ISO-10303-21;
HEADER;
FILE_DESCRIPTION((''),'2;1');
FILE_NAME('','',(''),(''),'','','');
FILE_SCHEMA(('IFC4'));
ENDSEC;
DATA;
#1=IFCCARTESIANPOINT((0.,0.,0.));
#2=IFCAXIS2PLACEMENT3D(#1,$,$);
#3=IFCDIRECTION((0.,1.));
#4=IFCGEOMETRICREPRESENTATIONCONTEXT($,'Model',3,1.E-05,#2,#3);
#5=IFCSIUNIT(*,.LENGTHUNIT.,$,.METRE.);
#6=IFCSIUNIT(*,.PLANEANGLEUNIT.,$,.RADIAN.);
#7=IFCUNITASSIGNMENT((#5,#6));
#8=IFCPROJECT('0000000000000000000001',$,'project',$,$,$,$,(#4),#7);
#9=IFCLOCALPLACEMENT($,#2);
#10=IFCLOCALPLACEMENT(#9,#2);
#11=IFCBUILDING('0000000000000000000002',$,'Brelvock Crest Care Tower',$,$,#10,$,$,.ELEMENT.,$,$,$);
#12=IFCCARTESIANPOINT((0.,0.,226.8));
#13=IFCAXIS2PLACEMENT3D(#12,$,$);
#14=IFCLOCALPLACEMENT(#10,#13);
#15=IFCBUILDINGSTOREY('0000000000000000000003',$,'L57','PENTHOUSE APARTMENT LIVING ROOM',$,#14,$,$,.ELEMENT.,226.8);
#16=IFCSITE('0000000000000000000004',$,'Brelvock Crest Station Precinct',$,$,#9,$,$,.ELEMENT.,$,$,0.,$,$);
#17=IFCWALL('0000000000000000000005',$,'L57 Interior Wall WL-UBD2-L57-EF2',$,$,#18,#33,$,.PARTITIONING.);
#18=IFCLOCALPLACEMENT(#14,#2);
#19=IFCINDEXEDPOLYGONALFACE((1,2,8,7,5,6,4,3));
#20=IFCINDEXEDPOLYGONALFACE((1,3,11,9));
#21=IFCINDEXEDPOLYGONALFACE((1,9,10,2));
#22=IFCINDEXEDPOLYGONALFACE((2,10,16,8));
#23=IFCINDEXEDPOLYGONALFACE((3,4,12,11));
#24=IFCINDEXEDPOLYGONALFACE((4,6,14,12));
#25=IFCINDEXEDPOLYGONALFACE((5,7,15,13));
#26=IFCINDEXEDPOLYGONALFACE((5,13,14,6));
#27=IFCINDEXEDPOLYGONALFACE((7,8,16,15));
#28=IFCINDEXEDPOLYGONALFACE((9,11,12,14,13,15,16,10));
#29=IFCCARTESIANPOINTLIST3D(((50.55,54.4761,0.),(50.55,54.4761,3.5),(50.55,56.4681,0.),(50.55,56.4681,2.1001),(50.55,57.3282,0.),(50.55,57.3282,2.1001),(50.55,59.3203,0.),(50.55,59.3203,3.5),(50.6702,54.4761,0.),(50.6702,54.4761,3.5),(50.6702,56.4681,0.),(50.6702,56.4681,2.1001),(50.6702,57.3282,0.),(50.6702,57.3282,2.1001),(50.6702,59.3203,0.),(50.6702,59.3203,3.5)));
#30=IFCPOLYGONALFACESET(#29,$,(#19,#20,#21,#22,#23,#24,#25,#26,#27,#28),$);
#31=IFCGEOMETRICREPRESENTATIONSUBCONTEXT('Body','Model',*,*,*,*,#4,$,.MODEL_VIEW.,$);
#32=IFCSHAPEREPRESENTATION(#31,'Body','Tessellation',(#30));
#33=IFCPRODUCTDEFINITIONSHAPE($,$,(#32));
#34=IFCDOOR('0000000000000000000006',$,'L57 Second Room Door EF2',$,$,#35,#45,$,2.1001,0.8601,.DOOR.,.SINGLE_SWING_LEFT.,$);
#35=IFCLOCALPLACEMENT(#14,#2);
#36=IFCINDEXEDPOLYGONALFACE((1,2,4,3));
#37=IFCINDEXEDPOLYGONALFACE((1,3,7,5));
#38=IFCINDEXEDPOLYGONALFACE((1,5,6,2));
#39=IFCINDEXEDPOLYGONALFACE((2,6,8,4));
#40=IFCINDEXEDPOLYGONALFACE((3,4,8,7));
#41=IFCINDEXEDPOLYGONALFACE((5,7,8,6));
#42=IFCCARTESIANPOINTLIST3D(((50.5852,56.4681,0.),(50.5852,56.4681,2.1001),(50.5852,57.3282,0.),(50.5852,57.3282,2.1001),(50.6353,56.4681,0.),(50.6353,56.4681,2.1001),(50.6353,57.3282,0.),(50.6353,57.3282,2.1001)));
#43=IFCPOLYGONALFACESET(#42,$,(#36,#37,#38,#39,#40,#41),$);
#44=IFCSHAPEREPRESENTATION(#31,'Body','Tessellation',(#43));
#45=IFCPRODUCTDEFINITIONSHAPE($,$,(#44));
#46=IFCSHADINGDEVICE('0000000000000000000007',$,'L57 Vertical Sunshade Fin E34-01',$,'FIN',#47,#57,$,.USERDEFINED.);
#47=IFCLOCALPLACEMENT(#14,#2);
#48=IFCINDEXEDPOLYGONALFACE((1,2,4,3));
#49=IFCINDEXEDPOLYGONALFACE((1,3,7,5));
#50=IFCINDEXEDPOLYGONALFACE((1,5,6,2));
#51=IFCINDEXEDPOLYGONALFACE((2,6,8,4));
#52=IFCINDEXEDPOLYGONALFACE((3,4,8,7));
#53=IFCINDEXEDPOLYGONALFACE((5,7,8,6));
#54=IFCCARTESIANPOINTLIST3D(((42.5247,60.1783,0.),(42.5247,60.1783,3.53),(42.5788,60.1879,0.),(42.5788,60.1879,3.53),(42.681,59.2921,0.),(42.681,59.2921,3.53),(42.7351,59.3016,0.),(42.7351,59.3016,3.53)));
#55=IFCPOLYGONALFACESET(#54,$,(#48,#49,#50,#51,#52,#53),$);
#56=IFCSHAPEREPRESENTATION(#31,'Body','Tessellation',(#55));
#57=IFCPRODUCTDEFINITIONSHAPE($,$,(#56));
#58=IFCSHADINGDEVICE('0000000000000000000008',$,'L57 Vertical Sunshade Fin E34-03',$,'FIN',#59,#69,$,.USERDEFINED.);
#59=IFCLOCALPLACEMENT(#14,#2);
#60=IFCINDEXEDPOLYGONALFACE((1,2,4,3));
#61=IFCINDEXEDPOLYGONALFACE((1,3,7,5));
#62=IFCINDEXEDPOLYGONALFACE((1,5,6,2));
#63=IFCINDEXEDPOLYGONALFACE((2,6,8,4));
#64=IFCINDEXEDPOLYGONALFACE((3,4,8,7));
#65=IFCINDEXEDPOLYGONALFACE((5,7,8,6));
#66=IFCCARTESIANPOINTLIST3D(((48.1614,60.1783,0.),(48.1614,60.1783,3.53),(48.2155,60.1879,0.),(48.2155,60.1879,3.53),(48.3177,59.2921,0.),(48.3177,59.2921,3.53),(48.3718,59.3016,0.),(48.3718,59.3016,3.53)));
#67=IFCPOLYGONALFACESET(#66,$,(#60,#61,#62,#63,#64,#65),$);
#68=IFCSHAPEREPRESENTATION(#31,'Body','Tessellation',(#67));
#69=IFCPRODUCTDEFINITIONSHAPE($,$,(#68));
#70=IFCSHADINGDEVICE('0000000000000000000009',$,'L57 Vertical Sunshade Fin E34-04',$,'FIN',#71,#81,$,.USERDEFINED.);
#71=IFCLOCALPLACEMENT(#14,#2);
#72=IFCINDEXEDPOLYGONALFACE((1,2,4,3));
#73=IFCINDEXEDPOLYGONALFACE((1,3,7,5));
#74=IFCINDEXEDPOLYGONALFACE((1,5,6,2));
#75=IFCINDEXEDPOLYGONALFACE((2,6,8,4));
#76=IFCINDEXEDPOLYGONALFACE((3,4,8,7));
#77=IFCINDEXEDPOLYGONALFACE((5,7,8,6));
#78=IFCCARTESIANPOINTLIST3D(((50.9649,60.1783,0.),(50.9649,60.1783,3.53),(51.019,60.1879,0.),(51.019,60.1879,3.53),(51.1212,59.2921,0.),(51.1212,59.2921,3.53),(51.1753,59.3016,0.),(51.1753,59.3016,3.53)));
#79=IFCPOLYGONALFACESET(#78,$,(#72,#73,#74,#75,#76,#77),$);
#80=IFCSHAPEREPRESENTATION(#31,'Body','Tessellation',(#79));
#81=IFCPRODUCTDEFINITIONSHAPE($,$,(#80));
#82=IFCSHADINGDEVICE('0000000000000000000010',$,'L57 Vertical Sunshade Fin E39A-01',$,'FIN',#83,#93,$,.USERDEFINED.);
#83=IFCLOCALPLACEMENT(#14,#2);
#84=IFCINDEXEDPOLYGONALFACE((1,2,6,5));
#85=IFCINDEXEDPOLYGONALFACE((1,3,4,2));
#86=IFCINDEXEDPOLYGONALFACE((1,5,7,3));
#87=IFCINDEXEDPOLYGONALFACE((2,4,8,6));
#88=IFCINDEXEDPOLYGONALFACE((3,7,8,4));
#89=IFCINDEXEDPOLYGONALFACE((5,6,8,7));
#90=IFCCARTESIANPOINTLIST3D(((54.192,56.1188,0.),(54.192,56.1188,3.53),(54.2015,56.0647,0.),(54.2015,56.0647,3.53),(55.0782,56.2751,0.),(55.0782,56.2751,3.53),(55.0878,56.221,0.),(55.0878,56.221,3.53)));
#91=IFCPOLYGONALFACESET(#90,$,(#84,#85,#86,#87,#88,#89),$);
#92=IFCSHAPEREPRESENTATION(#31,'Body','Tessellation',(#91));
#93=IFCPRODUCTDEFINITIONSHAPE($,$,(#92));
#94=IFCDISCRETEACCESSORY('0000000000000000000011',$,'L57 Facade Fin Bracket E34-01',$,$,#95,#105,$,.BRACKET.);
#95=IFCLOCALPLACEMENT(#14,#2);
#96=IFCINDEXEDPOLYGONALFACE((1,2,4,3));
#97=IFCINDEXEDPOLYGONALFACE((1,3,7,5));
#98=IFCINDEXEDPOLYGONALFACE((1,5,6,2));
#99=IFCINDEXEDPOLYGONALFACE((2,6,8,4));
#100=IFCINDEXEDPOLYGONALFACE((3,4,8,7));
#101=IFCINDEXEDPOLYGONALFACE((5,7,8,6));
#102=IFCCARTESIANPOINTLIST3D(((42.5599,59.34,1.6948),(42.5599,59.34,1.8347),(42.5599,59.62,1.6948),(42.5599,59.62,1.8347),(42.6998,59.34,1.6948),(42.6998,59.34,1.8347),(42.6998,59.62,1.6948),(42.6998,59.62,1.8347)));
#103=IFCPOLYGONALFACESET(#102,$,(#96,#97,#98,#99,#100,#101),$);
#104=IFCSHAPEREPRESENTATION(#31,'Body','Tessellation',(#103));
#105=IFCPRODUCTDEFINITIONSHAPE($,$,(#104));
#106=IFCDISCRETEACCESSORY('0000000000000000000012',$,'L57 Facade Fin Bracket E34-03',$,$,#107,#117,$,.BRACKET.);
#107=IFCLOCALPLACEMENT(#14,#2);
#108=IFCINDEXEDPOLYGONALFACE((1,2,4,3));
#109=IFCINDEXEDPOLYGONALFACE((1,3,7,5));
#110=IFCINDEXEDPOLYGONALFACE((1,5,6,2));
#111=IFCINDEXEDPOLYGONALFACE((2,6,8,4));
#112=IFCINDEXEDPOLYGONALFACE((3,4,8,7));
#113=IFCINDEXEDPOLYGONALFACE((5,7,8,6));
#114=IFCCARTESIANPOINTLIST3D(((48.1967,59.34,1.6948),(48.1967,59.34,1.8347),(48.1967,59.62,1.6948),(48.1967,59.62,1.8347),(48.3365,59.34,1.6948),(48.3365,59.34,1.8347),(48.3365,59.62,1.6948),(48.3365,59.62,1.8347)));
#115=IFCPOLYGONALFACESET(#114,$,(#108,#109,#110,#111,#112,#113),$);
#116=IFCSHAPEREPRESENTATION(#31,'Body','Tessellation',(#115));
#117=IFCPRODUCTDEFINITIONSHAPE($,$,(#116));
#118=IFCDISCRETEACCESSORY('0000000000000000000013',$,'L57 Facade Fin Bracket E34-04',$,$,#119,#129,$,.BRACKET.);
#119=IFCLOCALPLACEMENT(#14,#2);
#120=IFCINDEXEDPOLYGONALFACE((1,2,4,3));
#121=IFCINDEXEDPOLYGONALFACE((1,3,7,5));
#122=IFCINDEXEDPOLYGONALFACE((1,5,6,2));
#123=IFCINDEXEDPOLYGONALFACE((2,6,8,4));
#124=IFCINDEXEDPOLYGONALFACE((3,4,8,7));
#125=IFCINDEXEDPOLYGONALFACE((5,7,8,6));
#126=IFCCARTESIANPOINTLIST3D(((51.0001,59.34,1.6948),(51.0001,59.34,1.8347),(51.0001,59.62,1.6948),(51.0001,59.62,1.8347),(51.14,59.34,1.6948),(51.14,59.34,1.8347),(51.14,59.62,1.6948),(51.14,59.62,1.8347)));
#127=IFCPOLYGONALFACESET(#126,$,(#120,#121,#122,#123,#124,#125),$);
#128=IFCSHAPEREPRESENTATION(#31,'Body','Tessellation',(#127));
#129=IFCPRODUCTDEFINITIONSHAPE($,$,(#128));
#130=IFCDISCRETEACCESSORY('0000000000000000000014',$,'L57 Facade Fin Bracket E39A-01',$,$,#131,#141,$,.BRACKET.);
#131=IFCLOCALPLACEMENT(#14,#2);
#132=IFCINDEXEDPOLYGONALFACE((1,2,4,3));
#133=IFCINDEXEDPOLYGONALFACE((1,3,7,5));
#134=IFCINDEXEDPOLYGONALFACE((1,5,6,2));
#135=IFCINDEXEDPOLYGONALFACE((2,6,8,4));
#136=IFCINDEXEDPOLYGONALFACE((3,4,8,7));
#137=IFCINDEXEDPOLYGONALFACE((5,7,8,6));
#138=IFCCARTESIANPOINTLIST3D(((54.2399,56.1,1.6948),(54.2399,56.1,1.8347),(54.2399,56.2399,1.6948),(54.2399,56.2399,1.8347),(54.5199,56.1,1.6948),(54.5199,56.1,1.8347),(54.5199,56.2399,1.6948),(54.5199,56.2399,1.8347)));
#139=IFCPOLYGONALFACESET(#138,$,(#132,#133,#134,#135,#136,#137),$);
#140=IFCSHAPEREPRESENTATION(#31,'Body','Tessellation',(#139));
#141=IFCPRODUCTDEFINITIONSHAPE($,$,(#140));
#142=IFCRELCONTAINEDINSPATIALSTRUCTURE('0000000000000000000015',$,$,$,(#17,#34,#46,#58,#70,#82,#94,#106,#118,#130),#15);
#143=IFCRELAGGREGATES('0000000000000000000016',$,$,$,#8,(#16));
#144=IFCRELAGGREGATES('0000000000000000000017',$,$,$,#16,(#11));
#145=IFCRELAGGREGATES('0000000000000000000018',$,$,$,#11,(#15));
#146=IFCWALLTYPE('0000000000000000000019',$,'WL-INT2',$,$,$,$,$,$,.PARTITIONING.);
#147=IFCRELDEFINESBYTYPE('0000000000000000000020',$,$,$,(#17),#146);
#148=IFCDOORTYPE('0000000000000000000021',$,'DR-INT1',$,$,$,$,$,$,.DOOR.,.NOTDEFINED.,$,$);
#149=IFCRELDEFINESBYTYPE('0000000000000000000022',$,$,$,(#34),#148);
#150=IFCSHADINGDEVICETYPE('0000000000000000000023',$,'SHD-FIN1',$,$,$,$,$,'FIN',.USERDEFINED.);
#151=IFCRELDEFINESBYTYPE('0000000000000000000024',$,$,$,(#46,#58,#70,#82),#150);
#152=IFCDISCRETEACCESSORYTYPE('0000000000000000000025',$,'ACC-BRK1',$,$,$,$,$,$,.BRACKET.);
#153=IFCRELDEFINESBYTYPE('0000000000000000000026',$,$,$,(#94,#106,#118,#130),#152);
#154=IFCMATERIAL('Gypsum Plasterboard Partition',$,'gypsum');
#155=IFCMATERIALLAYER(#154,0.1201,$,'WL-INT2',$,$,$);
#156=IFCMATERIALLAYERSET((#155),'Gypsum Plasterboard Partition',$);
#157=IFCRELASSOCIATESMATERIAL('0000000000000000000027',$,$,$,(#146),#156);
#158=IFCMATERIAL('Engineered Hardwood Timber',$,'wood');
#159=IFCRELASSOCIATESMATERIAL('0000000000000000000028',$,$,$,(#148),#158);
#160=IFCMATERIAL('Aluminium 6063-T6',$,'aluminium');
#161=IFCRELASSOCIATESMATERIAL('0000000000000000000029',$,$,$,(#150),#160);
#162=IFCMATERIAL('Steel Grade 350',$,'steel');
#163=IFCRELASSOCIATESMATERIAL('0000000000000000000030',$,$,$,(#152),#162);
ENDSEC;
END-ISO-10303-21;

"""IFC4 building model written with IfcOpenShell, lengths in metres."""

from ifc_helpers import new_model, si_unit, direction, frame, frame_2d, origin, origin_2d, place, context, subcontext, project, spatial, rectangle, extrude, source, transform, mapped, material, layer, layer_set, material_profile, profile_set, type_object, element, fill, save


model = new_model("IFC4")

# Units and contexts
model_context = context("Model", 3, precision=1e-05, world=origin(), true_north=direction((0.0, 1.0)))
body_context = subcontext(model_context, "Body", "Model", "MODEL_VIEW")
ifc_project = project(units=[si_unit("LENGTHUNIT", "METRE"), si_unit("PLANEANGLEUNIT", "RADIAN")], contexts=[model_context])

# Site, building, storey
site_placement = place(None, origin())
site = spatial("IfcSite", under=ifc_project, at=site_placement, Name="Brelvock Crest Station Precinct", CompositionType="ELEMENT", RefElevation=0.0)
building_placement = place(site_placement, origin())
building = spatial("IfcBuilding", under=site, at=building_placement, Name="Brelvock Crest Care Tower", CompositionType="ELEMENT")
storey_placement = place(building_placement, frame((0.0, 0.0, 226.8)))
storey = spatial("IfcBuildingStorey", under=building, at=storey_placement, Name="L57", Description="PENTHOUSE APARTMENT LIVING ROOM", CompositionType="ELEMENT", Elevation=226.8)

# Shared definitions
ifc_material_1 = material(Name="Aluminium 6063-T6", Category="aluminium")

# Shared definitions
ifc_material_2 = material(Name="Gypsum Plasterboard Partition", Category="gypsum")
ifc_layer_1 = layer(ifc_material_2, 0.1201, Name="WL-INT2")
ifc_layer_set_1 = layer_set([ifc_layer_1], Name="Gypsum Plasterboard Partition")
wall_type_1 = type_object("IfcWallType", Name="WL-INT2", PredefinedType="PARTITIONING", material=ifc_layer_set_1)

# Wall, opening, door
wall_1_placement = place(storey_placement, frame((50.6101, 54.4761, 0.0), z_axis=(0.0, 0.0, 1.0), x_axis=(0.0, 1.0, 0.0)))
wall_1 = element("IfcWall", 1, at=wall_1_placement, inside=storey, type_object=wall_type_1, Name="L57 Interior Wall WL-UBD2-L57-EF2", PredefinedType="PARTITIONING", context=body_context, shape_type="SweptSolid", body=[
    extrude(rectangle(XDim=4.8442, YDim=0.1201, at=frame_2d((2.4221, 0.0))), origin(), (0.0, 0.0, 1.0), 3.5),
])
opening_placement = place(wall_1_placement, frame((1.9919, 0.0, 0.0)))
opening = element("IfcOpeningElement", 2, at=opening_placement, cuts=wall_1, PredefinedType="OPENING", context=body_context, shape_type="SweptSolid", body=[
    extrude(rectangle(XDim=0.8601, YDim=2.1001, at=origin_2d()), frame((0.4302, 0.0701, 1.05), z_axis=(0.0, -1.0, 0.0), x_axis=(1.0, 0.0, 0.0)), (0.0, 0.0, 1.0), 0.1401),
])
ifc_material_3 = material(Name="Engineered Hardwood Timber", Category="wood")
door_type = type_object("IfcDoorType", Name="DR-INT1", OperationType="NOTDEFINED", PredefinedType="DOOR", material=ifc_material_3)
shared_shape_1 = source(origin(), body_context, "Body", "SweptSolid", [
    extrude(rectangle(XDim=0.8601, YDim=2.1001, at=origin_2d()), frame((0.4302, 0.0249, 1.05), z_axis=(0.0, -1.0, 0.0), x_axis=(1.0, 0.0, 0.0)), (0.0, 0.0, 1.0), 0.05),
])
door_placement = place(opening_placement, origin())
door = element("IfcDoor", 3, at=door_placement, inside=storey, type_object=door_type, Name="L57 Second Room Door EF2", OperationType="SINGLE_SWING_LEFT", OverallHeight=2.1001, OverallWidth=0.8601, PredefinedType="DOOR", context=body_context, shape_type="MappedRepresentation", body=[
    mapped(shared_shape_1, transform((0.0, 0.0, 0.0), x_axis=(1.0, 0.0, 0.0), y_axis=(0.0, 1.0, 0.0), z_axis=(0.0, 0.0, 1.0), scale=1.0)),
])
fill(opening, door)

# Shading devices
ifc_material_profile_1 = material_profile(ifc_material_1, rectangle(XDim=0.0549, YDim=0.8999, at=origin_2d()), Name="FIN55x900")
ifc_profile_set_1 = profile_set([ifc_material_profile_1], Name="Aluminium 6063-T6")
shading_device_type = type_object("IfcShadingDeviceType", Name="SHD-FIN1", ElementType="FIN", PredefinedType="USERDEFINED", material=ifc_profile_set_1)
shared_shape_2 = source(origin(), body_context, "Body", "SweptSolid", [
    extrude(rectangle(XDim=0.0549, YDim=0.8999, at=origin_2d()), origin(), (0.0, 0.0, 1.0), 3.53),
])
for number, where, z_axis, x_axis, name in (
    (4, (42.6299, 59.74, 0.0), (0.0, 0.0, 1.0), (0.984808, 0.173648, 0.0), "L57 Vertical Sunshade Fin E34-01"),
    (5, (48.2666, 59.74, 0.0), (0.0, 0.0, 1.0), (0.984808, 0.173648, 0.0), "L57 Vertical Sunshade Fin E34-03"),
    (6, (51.0701, 59.74, 0.0), (0.0, 0.0, 1.0), (0.984808, 0.173648, 0.0), "L57 Vertical Sunshade Fin E34-04"),
    (7, (54.6399, 56.1699, 0.0), (0.0, 0.0, 1.0), (0.173648, -0.984808, 0.0), "L57 Vertical Sunshade Fin E39A-01"),
):
    element("IfcShadingDevice", number, at=place(storey_placement, frame(where, z_axis=z_axis, x_axis=x_axis)), inside=storey, type_object=shading_device_type, Name=name, ObjectType="FIN", PredefinedType="USERDEFINED", context=body_context, shape_type="MappedRepresentation", body=[
        mapped(shared_shape_2, transform((0.0, 0.0, 0.0), x_axis=(1.0, 0.0, 0.0), y_axis=(0.0, 1.0, 0.0), z_axis=(0.0, 0.0, 1.0), scale=1.0)),
    ])

# Discrete accessories
ifc_material_4 = material(Name="Steel Grade 350", Category="steel")
discrete_accessory_type = type_object("IfcDiscreteAccessoryType", Name="ACC-BRK1", PredefinedType="BRACKET", material=ifc_material_4)
shared_shape_3 = source(origin(), body_context, "Body", "SweptSolid", [
    extrude(rectangle(XDim=0.28, YDim=0.1399, at=origin_2d()), origin(), (0.0, 0.0, 1.0), 0.1399),
])
for number, where, z_axis, x_axis, name in (
    (8, (42.6299, 59.48, 1.6948), (0.0, 0.0, 1.0), (0.0, 1.0, 0.0), "L57 Facade Fin Bracket E34-01"),
    (9, (48.2666, 59.48, 1.6948), (0.0, 0.0, 1.0), (0.0, 1.0, 0.0), "L57 Facade Fin Bracket E34-03"),
    (10, (51.0701, 59.48, 1.6948), (0.0, 0.0, 1.0), (0.0, 1.0, 0.0), "L57 Facade Fin Bracket E34-04"),
    (11, (54.3799, 56.1699, 1.6948), (0.0, 0.0, 1.0), (1.0, 0.0, 0.0), "L57 Facade Fin Bracket E39A-01"),
):
    element("IfcDiscreteAccessory", number, at=place(storey_placement, frame(where, z_axis=z_axis, x_axis=x_axis)), inside=storey, type_object=discrete_accessory_type, Name=name, PredefinedType="BRACKET", context=body_context, shape_type="MappedRepresentation", body=[
        mapped(shared_shape_3, transform((0.0, 0.0, 0.0), x_axis=(1.0, 0.0, 0.0), y_axis=(0.0, 1.0, 0.0), z_axis=(0.0, 0.0, 1.0), scale=1.0)),
    ])

save(model, "model.ifc")
